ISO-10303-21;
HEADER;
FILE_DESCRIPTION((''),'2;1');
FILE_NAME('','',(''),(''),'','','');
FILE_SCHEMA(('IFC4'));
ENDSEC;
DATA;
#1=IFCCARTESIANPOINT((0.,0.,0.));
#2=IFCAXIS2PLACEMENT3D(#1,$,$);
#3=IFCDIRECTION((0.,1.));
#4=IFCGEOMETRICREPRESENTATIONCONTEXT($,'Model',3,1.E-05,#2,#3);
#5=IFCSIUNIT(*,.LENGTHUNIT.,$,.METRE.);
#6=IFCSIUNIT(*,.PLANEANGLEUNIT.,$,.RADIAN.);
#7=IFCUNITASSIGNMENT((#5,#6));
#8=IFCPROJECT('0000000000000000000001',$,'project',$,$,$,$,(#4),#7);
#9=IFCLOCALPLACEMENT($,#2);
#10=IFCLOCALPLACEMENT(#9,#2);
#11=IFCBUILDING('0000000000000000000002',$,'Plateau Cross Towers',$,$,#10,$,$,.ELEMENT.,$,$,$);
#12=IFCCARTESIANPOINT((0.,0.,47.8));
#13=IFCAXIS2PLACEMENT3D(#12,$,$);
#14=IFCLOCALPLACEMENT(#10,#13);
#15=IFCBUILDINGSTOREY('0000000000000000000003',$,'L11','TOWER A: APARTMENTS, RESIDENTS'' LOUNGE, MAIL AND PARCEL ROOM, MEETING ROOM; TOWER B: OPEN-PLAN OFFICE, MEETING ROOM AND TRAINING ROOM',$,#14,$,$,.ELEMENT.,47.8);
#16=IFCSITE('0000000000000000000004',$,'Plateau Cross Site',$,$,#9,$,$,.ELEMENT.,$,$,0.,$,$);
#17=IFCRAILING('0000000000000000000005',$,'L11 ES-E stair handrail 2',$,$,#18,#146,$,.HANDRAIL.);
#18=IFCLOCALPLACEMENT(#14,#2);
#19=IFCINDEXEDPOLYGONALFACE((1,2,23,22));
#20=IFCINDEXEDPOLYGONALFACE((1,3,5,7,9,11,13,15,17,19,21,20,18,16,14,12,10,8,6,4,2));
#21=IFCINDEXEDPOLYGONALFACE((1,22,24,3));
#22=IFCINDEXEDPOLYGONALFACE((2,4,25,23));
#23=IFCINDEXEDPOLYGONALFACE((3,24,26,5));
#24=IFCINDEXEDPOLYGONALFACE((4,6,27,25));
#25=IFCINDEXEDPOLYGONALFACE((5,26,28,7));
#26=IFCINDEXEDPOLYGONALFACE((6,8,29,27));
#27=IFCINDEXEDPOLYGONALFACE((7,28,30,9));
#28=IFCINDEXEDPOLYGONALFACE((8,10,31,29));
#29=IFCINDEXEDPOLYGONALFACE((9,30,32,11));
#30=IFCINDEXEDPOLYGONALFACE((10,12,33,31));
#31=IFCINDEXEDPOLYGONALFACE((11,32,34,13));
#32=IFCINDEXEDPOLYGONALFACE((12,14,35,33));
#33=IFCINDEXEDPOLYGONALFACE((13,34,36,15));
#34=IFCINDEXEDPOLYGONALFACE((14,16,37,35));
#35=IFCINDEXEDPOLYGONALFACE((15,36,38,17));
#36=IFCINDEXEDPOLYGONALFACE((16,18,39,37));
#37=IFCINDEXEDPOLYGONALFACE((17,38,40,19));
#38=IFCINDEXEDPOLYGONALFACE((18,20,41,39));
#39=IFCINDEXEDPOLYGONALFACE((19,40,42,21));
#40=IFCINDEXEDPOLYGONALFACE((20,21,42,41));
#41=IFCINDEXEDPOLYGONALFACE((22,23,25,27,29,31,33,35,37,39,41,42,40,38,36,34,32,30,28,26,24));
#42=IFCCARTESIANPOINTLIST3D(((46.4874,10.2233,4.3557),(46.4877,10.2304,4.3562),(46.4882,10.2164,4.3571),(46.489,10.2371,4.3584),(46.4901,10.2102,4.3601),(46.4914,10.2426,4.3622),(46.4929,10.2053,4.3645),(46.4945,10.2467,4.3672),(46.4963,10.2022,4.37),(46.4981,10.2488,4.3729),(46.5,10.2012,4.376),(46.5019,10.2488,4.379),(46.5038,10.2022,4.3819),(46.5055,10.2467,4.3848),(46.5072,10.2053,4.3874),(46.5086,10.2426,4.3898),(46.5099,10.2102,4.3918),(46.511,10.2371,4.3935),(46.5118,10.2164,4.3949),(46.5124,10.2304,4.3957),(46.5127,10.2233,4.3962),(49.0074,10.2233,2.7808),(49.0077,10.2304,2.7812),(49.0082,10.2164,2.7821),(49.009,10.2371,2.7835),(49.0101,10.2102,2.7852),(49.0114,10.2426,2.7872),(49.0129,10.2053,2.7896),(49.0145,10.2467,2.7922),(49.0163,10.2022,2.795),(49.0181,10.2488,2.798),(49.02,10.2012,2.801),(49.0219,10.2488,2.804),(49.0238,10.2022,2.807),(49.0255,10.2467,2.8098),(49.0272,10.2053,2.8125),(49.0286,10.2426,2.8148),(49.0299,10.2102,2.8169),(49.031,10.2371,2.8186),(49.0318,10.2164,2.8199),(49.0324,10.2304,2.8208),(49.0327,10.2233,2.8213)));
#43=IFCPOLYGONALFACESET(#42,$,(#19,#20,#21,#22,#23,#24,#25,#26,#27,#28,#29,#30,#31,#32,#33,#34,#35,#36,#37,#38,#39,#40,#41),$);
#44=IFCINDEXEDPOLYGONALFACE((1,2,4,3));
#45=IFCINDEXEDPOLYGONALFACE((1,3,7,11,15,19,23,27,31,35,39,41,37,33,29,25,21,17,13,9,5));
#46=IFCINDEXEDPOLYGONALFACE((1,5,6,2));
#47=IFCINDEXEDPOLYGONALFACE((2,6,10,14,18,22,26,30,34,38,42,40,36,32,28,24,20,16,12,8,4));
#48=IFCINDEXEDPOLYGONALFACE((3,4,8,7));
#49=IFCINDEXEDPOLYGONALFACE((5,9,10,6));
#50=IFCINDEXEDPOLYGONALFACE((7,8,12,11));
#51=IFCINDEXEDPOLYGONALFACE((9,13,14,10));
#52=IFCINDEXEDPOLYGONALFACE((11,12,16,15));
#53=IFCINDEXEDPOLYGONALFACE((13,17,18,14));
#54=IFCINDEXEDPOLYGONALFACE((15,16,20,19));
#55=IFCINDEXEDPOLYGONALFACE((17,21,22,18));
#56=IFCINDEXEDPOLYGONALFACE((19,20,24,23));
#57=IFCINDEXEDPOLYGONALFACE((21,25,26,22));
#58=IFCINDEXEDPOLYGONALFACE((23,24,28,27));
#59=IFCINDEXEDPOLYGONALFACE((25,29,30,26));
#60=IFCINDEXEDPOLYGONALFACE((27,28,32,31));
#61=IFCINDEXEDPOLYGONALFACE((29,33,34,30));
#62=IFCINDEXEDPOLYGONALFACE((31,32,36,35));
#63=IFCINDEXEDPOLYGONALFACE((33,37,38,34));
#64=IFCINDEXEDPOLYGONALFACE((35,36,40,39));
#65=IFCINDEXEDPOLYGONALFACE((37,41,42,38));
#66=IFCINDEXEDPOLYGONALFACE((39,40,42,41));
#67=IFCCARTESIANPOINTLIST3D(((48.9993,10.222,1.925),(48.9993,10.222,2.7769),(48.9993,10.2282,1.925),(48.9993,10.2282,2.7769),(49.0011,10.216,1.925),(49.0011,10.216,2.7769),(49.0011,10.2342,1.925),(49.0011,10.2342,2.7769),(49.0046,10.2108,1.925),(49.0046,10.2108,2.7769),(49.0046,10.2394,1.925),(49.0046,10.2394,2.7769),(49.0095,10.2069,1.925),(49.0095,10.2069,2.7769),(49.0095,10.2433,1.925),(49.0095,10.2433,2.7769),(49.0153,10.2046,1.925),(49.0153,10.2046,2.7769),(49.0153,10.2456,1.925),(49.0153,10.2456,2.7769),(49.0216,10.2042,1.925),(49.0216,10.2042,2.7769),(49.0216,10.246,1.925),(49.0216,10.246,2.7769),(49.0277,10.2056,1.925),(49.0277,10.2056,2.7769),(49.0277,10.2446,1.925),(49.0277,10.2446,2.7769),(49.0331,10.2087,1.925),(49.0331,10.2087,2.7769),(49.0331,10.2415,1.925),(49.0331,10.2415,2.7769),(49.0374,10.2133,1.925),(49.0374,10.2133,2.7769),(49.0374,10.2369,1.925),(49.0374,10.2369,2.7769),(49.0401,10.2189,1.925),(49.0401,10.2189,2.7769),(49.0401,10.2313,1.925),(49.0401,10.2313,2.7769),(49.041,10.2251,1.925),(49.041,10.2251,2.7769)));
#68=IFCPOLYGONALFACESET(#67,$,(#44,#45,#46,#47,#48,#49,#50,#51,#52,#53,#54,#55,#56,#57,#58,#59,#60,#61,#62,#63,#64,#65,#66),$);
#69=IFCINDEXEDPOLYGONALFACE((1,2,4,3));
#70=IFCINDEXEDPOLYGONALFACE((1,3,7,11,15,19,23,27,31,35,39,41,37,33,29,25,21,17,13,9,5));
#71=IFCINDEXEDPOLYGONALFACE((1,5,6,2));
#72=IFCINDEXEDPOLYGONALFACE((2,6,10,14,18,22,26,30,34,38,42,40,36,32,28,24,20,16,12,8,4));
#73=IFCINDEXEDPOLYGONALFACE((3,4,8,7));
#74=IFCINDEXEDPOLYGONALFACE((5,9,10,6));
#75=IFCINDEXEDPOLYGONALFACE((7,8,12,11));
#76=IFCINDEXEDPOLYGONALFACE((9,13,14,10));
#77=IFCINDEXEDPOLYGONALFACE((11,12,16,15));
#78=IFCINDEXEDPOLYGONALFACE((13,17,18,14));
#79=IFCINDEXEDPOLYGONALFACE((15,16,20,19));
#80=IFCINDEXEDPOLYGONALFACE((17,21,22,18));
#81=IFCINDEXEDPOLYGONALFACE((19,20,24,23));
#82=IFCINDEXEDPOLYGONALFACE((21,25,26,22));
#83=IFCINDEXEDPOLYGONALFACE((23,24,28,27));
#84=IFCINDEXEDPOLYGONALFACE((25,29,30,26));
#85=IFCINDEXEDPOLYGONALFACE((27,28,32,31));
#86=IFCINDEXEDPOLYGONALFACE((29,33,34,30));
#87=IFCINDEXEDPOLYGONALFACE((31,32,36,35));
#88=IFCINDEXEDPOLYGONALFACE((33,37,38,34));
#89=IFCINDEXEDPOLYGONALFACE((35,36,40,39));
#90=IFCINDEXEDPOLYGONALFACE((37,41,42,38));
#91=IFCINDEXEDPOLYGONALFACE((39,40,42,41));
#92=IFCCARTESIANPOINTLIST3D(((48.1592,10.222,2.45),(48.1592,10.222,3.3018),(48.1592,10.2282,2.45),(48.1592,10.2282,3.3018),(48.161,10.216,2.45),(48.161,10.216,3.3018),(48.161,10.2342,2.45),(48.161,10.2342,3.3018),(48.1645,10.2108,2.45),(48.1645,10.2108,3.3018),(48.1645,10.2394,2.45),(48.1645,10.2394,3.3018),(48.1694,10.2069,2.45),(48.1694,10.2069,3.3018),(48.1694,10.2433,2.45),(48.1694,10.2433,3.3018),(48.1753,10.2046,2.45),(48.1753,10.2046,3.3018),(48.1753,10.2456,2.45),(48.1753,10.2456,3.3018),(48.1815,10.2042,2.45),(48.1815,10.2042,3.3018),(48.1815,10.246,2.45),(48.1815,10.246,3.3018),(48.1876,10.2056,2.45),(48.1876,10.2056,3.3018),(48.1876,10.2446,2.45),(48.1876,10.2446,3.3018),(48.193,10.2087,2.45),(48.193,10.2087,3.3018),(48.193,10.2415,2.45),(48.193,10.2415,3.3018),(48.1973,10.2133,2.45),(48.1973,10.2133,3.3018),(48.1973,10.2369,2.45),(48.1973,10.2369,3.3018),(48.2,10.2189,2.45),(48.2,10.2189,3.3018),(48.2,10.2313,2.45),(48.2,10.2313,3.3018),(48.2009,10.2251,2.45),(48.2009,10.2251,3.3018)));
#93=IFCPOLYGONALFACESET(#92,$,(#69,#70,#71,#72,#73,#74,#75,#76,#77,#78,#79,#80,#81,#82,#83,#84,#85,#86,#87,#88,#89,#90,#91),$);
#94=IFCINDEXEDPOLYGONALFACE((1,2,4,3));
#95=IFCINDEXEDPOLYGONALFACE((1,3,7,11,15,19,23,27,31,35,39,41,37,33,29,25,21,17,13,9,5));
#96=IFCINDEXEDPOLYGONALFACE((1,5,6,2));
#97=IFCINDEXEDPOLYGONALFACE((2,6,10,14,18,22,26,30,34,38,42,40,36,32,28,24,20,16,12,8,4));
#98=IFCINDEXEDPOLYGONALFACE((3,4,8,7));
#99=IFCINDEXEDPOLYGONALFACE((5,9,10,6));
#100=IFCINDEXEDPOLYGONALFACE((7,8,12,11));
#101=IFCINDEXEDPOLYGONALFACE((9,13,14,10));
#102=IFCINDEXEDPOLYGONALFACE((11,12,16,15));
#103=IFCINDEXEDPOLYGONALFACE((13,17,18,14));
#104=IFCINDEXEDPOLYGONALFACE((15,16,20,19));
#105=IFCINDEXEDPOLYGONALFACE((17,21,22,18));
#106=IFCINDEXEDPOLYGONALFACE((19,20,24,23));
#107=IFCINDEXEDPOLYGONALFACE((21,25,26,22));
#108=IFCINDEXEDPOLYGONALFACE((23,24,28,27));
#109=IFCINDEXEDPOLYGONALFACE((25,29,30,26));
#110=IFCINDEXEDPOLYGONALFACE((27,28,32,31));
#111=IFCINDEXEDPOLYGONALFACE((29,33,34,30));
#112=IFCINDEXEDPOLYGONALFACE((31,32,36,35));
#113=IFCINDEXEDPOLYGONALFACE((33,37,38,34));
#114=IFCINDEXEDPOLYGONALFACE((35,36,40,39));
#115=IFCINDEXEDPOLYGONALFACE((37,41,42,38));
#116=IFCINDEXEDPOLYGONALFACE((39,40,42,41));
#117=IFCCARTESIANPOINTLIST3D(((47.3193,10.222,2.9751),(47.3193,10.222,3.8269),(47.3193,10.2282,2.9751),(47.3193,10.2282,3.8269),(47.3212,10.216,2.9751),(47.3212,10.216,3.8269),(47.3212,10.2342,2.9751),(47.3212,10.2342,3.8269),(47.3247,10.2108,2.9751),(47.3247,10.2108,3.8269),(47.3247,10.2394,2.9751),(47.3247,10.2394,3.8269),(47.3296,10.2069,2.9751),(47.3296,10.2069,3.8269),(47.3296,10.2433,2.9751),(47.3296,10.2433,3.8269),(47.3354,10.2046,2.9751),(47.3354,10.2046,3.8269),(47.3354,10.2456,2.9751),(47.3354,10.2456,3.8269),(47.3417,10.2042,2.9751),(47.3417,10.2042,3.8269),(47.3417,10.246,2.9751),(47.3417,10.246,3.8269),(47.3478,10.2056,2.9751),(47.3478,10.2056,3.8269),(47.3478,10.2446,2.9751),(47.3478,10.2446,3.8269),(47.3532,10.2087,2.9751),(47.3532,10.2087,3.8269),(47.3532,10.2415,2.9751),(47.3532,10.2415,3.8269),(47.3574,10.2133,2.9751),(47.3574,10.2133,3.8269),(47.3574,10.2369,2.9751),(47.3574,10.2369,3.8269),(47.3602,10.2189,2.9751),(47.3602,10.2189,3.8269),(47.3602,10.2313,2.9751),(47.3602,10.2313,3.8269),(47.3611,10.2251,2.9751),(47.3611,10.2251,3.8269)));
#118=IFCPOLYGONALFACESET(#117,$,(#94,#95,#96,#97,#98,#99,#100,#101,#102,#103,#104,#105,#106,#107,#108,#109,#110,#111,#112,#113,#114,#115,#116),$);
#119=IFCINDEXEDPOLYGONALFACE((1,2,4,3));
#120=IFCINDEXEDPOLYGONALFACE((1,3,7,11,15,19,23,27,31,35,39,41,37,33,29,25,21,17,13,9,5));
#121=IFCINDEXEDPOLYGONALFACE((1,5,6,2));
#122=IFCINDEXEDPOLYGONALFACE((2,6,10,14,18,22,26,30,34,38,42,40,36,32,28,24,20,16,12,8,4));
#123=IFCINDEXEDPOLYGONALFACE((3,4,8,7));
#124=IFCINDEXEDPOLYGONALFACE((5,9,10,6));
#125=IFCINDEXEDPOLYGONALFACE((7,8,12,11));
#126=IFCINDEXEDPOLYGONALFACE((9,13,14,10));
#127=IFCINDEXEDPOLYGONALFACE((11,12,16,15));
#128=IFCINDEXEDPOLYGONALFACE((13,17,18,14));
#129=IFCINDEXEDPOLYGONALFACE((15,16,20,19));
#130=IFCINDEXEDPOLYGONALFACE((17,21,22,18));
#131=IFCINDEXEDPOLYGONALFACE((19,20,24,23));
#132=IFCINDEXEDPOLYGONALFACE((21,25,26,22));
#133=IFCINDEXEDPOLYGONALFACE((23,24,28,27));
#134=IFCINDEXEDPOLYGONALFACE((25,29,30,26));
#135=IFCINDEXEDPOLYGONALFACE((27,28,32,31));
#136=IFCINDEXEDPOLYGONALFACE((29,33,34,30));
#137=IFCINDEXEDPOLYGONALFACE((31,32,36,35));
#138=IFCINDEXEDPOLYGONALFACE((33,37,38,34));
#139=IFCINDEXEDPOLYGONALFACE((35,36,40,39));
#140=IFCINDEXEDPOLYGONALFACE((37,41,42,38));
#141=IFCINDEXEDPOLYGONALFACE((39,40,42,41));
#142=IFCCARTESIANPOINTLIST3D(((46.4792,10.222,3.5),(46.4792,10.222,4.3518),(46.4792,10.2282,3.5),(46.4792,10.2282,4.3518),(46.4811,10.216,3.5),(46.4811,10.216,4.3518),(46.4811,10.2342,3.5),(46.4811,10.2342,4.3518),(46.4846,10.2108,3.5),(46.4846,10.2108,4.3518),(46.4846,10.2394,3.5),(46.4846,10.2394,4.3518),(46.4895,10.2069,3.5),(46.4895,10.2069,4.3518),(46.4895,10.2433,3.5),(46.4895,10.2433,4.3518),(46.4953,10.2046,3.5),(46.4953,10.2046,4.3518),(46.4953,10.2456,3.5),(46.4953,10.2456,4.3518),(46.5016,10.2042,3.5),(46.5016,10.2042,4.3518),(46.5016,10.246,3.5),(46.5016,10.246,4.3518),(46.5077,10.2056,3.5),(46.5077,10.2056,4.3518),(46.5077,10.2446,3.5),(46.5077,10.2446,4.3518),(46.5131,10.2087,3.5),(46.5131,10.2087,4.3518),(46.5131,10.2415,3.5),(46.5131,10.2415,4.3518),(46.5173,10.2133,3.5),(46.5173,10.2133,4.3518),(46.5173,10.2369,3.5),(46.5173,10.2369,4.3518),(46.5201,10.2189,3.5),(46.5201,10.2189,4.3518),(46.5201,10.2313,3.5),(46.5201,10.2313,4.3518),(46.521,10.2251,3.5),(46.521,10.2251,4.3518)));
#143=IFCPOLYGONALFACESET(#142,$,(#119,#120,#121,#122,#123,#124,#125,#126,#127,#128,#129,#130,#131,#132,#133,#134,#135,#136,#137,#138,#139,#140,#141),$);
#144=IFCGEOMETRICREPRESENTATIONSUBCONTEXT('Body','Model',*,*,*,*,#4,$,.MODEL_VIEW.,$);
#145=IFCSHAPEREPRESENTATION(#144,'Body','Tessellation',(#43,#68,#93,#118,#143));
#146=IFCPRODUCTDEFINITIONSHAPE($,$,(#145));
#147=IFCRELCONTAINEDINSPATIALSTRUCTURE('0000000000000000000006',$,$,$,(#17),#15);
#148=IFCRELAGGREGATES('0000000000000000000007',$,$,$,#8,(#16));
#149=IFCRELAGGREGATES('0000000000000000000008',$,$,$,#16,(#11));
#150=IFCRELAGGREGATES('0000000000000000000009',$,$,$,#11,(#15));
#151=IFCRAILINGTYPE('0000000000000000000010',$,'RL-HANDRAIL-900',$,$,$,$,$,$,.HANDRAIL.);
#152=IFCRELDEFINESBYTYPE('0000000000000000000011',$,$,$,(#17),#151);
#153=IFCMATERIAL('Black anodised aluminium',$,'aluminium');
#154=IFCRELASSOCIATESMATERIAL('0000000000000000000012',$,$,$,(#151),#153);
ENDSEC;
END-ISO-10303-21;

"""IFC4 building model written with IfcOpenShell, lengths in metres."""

from ifc_helpers import new_model, si_unit, direction, frame, origin, origin_2d, place, context, subcontext, project, spatial, circle, extrude, material, type_object, element, save


model = new_model("IFC4")

# Units and contexts
model_context = context("Model", 3, precision=1e-05, world=origin(), true_north=direction((0.0, 1.0)))
body_context = subcontext(model_context, "Body", "Model", "MODEL_VIEW")
ifc_project = project(units=[si_unit("LENGTHUNIT", "METRE"), si_unit("PLANEANGLEUNIT", "RADIAN")], contexts=[model_context])

# Site, building, storey
site_placement = place(None, origin())
site = spatial("IfcSite", under=ifc_project, at=site_placement, Name="Plateau Cross Site", CompositionType="ELEMENT", RefElevation=0.0)
building_placement = place(site_placement, origin())
building = spatial("IfcBuilding", under=site, at=building_placement, Name="Plateau Cross Towers", CompositionType="ELEMENT")
storey_placement = place(building_placement, frame((0.0, 0.0, 47.8)))
storey = spatial("IfcBuildingStorey", under=building, at=storey_placement, Name="L11", Description="TOWER A: APARTMENTS, RESIDENTS' LOUNGE, MAIL AND PARCEL ROOM, MEETING ROOM; TOWER B: OPEN-PLAN OFFICE, MEETING ROOM AND TRAINING ROOM", CompositionType="ELEMENT", Elevation=47.8)

# Shared definitions
ifc_material_1 = material(Name="Black anodised aluminium", Category="aluminium")

# Railing
railing_type_1 = type_object("IfcRailingType", Name="RL-HANDRAIL-900", PredefinedType="HANDRAIL", material=ifc_material_1)
railing_1_placement = place(storey_placement, frame((49.02, 10.2251, 1.925)))
element("IfcRailing", 1, at=railing_1_placement, inside=storey, type_object=railing_type_1, Name="L11 ES-E stair handrail 2", PredefinedType="HANDRAIL", context=body_context, shape_type="SweptSolid", body=[
    extrude(circle(Radius=0.0239, at=origin_2d()), frame((0.0, 0.0, 0.876), z_axis=(-0.848008, 0.0, 0.529984), x_axis=(0.0, -1.0, 0.0)), (0.0, 0.0, 1.0), 2.9717),
    extrude(circle(Radius=0.021, at=origin_2d()), origin(), (0.0, 0.0, 1.0), 0.8518),
    extrude(circle(Radius=0.021, at=origin_2d()), frame((-0.8401, 0.0, 0.5249)), (0.0, 0.0, 1.0), 0.8518),
    extrude(circle(Radius=0.021, at=origin_2d()), frame((-1.6799, 0.0, 1.05)), (0.0, 0.0, 1.0), 0.8518),
    extrude(circle(Radius=0.021, at=origin_2d()), frame((-2.52, 0.0, 1.575)), (0.0, 0.0, 1.0), 0.8518),
])

save(model, "model.ifc")
